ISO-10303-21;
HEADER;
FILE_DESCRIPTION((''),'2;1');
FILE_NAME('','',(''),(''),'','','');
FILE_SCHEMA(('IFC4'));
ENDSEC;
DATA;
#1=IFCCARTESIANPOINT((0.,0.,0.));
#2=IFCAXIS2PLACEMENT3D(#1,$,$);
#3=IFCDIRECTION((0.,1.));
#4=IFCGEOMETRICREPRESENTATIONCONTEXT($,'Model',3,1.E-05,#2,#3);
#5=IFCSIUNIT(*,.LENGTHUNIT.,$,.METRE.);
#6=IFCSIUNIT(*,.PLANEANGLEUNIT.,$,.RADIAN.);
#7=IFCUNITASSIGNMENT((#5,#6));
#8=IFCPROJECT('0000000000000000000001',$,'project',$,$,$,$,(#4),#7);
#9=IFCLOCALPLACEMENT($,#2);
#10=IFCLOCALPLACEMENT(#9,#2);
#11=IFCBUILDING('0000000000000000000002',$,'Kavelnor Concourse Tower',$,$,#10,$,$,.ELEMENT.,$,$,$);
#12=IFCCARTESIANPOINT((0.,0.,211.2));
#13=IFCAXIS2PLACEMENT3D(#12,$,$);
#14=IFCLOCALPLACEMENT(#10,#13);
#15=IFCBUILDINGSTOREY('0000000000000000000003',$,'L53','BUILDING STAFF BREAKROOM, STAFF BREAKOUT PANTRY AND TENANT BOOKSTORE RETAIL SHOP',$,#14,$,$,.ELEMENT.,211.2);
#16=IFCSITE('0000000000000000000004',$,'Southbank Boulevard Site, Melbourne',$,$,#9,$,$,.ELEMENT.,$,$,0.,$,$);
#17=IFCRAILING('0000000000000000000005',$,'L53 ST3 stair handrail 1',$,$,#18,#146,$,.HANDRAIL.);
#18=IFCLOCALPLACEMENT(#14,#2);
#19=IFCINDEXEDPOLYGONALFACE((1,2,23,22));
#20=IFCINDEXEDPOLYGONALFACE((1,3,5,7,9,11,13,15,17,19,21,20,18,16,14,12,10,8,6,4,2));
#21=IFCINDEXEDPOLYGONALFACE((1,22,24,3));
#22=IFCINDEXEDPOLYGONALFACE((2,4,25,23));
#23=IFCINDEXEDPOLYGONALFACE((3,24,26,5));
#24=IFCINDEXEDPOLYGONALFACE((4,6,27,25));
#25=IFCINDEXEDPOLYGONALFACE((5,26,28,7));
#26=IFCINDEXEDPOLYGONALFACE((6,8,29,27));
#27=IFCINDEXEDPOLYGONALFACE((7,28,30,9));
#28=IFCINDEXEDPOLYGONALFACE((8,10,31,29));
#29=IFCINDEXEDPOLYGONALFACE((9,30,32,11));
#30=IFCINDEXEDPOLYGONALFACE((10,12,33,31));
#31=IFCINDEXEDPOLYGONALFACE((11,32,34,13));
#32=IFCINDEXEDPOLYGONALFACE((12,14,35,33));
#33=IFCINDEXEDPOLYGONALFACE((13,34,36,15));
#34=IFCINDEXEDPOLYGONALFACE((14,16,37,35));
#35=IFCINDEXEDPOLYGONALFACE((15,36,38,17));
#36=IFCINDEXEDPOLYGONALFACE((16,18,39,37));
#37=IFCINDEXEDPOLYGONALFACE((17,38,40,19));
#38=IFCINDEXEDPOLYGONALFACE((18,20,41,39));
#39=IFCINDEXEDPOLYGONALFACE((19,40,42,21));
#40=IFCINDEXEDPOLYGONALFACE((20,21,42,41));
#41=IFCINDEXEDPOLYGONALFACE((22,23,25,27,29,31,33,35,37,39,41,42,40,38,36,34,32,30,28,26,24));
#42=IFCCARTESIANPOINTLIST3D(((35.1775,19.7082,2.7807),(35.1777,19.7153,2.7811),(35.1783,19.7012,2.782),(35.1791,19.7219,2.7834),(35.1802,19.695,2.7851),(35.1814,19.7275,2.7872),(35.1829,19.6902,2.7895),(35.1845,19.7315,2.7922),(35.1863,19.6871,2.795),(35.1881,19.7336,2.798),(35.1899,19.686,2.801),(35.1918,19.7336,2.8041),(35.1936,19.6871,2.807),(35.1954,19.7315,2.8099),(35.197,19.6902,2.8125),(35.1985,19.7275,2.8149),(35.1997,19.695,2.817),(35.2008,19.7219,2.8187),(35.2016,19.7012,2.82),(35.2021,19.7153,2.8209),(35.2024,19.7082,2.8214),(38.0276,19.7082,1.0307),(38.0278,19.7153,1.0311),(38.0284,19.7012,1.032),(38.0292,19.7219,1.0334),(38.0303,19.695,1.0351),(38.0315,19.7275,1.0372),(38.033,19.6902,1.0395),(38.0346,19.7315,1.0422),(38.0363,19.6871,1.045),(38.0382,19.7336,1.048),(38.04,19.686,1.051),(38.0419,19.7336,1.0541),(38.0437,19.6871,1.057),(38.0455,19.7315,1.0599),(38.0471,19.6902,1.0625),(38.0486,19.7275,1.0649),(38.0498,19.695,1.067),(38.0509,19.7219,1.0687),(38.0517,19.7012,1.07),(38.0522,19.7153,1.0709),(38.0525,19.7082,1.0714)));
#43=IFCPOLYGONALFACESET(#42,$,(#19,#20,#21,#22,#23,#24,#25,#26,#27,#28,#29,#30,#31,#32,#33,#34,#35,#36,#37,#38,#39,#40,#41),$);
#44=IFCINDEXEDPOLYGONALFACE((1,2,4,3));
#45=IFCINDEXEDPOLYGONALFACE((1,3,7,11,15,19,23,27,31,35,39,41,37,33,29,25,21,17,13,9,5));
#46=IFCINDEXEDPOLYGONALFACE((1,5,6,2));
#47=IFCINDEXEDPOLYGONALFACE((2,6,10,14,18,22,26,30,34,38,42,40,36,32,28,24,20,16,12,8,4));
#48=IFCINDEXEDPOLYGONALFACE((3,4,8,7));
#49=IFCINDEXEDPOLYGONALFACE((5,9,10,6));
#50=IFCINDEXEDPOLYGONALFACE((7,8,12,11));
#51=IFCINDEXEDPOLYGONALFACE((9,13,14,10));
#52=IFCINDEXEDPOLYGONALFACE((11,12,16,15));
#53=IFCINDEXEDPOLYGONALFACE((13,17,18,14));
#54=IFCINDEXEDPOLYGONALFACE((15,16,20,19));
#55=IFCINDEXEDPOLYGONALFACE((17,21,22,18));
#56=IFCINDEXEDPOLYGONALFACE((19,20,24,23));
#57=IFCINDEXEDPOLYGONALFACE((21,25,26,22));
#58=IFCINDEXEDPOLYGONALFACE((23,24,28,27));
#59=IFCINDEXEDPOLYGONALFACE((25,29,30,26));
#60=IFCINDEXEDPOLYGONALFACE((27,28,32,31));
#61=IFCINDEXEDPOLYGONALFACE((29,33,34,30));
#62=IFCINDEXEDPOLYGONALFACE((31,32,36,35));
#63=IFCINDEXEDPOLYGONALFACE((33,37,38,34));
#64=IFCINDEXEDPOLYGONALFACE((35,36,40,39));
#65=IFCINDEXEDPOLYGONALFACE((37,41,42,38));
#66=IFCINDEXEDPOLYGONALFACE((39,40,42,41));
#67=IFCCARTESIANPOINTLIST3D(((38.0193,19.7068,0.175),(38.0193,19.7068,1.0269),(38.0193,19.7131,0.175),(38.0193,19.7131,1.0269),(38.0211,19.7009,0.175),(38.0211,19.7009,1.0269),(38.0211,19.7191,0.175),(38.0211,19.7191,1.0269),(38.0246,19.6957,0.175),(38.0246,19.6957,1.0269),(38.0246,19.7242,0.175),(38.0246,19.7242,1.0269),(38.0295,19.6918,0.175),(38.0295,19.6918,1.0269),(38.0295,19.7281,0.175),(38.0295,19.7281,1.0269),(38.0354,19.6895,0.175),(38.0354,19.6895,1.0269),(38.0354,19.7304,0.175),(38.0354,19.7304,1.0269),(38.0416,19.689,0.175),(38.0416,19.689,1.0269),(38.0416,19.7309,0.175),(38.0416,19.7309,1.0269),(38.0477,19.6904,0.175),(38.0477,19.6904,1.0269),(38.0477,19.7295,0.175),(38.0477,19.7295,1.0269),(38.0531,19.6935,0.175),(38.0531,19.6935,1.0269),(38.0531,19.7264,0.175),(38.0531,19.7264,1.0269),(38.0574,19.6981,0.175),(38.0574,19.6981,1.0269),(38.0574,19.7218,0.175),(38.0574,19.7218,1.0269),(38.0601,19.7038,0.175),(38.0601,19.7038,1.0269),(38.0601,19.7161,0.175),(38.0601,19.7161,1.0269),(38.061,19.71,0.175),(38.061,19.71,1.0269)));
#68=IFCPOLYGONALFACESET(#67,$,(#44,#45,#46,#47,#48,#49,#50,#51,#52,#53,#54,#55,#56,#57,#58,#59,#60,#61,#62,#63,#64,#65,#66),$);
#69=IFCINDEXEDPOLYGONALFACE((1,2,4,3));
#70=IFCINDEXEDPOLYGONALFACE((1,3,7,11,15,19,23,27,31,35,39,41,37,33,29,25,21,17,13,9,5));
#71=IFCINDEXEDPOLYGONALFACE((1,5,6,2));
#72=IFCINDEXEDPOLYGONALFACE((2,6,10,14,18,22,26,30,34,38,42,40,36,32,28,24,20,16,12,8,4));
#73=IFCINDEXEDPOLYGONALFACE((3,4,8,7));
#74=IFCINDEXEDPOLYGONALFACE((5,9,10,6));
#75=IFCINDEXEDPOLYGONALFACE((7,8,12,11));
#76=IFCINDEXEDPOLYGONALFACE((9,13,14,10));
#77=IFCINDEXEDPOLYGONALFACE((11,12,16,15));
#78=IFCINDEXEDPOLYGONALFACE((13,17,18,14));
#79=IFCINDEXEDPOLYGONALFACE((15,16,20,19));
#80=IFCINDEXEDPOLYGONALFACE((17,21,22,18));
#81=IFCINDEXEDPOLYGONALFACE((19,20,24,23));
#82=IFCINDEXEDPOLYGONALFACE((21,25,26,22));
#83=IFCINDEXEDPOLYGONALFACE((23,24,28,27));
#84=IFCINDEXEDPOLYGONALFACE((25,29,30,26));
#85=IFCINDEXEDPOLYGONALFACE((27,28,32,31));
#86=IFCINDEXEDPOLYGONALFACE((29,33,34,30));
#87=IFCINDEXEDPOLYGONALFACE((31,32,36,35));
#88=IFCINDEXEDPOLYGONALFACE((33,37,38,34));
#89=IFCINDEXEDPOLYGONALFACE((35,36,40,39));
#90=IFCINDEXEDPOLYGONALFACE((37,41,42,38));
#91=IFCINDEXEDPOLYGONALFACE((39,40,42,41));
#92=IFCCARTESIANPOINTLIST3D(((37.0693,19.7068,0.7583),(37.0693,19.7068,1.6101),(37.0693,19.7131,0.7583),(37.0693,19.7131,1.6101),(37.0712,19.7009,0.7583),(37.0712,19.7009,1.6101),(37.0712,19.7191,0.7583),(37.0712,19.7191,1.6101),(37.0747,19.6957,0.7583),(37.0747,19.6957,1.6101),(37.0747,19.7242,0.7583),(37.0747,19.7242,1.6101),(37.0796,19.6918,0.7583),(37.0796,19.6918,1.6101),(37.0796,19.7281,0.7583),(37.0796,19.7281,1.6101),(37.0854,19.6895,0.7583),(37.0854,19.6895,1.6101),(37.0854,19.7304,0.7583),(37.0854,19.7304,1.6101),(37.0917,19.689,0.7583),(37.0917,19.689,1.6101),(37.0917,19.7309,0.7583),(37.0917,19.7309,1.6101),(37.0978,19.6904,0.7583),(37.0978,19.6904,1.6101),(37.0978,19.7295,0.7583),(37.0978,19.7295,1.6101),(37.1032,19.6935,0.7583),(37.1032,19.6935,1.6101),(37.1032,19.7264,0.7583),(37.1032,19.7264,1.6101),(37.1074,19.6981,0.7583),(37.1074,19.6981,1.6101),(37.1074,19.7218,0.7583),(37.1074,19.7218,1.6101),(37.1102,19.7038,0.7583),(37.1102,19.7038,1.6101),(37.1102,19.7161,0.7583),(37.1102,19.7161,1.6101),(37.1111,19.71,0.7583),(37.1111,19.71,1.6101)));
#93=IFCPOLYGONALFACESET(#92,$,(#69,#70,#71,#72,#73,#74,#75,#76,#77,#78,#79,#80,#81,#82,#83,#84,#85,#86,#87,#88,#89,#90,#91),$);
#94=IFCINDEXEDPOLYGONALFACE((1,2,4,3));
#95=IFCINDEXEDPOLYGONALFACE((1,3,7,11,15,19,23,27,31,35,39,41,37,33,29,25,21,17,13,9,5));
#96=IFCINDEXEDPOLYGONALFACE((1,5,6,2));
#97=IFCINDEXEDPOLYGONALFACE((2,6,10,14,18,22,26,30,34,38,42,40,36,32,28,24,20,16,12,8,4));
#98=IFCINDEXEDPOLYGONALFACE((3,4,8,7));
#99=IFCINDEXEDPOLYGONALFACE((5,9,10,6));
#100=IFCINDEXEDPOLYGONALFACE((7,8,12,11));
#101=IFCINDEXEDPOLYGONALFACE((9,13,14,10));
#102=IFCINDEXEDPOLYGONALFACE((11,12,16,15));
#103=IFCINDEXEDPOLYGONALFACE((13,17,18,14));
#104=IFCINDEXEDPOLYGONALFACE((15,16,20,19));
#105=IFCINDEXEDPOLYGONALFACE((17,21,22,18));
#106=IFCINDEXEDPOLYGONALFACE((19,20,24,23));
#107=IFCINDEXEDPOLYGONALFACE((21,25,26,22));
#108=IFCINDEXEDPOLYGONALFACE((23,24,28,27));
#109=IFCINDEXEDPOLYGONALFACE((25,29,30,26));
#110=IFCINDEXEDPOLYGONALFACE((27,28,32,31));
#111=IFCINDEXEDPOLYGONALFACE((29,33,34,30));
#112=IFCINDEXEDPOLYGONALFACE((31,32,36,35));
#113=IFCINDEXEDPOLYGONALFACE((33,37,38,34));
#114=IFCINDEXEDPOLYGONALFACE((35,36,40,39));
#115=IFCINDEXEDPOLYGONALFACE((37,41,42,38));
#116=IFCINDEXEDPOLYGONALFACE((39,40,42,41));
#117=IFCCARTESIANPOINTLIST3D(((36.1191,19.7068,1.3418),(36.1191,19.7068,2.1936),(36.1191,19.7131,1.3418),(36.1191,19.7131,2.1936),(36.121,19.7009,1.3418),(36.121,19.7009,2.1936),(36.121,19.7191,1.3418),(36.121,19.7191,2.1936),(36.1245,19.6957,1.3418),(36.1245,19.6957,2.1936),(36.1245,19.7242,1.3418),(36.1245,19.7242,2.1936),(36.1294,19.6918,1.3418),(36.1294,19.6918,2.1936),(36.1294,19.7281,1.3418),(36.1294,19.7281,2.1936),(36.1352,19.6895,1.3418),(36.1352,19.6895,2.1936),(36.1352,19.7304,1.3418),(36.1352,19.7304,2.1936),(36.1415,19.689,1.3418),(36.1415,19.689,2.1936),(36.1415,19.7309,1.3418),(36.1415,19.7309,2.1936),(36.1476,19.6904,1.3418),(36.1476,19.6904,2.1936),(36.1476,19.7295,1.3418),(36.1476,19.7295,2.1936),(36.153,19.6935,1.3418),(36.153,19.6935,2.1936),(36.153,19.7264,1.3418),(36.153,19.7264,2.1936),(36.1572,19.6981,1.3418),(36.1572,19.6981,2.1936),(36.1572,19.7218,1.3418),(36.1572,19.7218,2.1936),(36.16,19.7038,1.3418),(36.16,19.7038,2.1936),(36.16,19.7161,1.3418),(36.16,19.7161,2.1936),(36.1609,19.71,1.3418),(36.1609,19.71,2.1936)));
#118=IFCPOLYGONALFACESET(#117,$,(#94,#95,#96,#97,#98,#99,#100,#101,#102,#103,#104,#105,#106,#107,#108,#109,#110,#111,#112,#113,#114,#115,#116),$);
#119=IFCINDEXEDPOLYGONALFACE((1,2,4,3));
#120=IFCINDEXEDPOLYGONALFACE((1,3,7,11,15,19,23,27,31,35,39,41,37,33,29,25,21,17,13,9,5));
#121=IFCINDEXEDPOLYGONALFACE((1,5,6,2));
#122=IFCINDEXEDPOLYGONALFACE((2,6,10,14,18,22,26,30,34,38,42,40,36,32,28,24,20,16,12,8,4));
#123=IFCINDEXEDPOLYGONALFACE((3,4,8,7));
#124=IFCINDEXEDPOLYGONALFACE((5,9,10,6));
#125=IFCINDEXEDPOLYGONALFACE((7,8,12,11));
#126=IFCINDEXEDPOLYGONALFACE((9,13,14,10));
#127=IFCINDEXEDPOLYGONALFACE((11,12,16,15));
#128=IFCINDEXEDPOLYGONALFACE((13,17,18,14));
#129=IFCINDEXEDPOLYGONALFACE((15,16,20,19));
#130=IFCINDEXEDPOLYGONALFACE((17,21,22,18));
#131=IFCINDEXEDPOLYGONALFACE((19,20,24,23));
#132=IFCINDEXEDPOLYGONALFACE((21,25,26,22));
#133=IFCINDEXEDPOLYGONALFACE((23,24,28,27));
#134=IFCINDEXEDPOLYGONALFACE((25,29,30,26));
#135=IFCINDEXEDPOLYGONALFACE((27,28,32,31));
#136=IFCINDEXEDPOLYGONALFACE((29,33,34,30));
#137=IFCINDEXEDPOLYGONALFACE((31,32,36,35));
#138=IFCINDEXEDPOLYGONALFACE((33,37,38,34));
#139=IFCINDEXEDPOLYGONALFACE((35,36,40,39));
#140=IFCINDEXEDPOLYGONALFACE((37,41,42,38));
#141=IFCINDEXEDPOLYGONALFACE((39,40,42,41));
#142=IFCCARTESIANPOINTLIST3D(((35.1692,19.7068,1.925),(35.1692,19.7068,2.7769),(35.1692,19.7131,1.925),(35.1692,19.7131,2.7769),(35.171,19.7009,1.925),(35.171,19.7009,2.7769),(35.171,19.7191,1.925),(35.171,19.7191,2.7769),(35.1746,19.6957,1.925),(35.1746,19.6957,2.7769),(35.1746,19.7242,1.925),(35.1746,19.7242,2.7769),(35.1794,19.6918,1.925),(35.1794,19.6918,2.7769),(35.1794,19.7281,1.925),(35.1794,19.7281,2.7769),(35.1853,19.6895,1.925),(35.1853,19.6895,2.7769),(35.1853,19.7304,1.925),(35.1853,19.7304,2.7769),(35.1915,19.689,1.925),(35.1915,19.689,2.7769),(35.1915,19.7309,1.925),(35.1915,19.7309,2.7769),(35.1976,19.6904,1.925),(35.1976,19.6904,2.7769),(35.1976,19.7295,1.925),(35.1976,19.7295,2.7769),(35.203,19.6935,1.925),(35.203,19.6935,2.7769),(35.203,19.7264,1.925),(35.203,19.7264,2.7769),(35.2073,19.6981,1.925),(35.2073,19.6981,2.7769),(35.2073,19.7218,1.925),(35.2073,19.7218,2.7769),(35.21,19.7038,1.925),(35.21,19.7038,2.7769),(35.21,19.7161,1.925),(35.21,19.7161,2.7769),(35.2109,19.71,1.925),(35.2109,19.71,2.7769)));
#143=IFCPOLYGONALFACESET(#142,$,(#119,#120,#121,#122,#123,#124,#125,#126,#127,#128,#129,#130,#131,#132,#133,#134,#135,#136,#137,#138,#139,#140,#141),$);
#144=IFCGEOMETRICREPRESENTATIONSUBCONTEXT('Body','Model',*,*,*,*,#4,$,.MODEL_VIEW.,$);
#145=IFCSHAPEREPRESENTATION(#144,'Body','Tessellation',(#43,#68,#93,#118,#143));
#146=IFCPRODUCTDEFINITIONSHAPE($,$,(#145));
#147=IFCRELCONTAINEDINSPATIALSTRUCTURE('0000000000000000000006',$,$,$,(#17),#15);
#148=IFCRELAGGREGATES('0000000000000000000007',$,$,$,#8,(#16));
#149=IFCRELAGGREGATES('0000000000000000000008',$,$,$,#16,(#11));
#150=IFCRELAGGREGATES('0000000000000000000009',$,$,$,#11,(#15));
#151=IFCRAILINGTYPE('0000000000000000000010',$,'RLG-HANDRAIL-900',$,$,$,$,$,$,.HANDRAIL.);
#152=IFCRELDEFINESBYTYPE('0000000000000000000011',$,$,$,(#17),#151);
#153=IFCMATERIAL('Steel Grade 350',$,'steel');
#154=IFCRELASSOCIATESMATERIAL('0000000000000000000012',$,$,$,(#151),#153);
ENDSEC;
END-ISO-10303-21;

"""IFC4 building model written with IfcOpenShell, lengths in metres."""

from ifc_helpers import new_model, si_unit, direction, frame, origin, origin_2d, place, context, subcontext, project, spatial, circle, extrude, material, type_object, element, save


model = new_model("IFC4")

# Units and contexts
model_context = context("Model", 3, precision=1e-05, world=origin(), true_north=direction((0.0, 1.0)))
body_context = subcontext(model_context, "Body", "Model", "MODEL_VIEW")
ifc_project = project(units=[si_unit("LENGTHUNIT", "METRE"), si_unit("PLANEANGLEUNIT", "RADIAN")], contexts=[model_context])

# Site, building, storey
site_placement = place(None, origin())
site = spatial("IfcSite", under=ifc_project, at=site_placement, Name="Southbank Boulevard Site, Melbourne", CompositionType="ELEMENT", RefElevation=0.0)
building_placement = place(site_placement, origin())
building = spatial("IfcBuilding", under=site, at=building_placement, Name="Kavelnor Concourse Tower", CompositionType="ELEMENT")
storey_placement = place(building_placement, frame((0.0, 0.0, 211.2)))
storey = spatial("IfcBuildingStorey", under=building, at=storey_placement, Name="L53", Description="BUILDING STAFF BREAKROOM, STAFF BREAKOUT PANTRY AND TENANT BOOKSTORE RETAIL SHOP", CompositionType="ELEMENT", Elevation=211.2)

# Shared definitions
ifc_material_1 = material(Name="Steel Grade 350", Category="steel")

# Railing
railing_type_1 = type_object("IfcRailingType", Name="RLG-HANDRAIL-900", PredefinedType="HANDRAIL", material=ifc_material_1)
railing_1_placement = place(storey_placement, frame((38.04, 19.71, 0.175)))
element("IfcRailing", 1, at=railing_1_placement, inside=storey, type_object=railing_type_1, Name="L53 ST3 stair handrail 1", PredefinedType="HANDRAIL", context=body_context, shape_type="SweptSolid", body=[
    extrude(circle(Radius=0.0239, at=origin_2d()), frame((0.0, 0.0, 0.876), z_axis=(-0.852179, 0.0, 0.52325), x_axis=(0.0, -1.0, 0.0)), (0.0, 0.0, 1.0), 3.3445),
    extrude(circle(Radius=0.021, at=origin_2d()), origin(), (0.0, 0.0, 1.0), 0.8518),
    extrude(circle(Radius=0.021, at=origin_2d()), frame((-0.95, 0.0, 0.5833)), (0.0, 0.0, 1.0), 0.8518),
    extrude(circle(Radius=0.021, at=origin_2d()), frame((-1.9001, 0.0, 1.1667)), (0.0, 0.0, 1.0), 0.8518),
    extrude(circle(Radius=0.021, at=origin_2d()), frame((-2.8501, 0.0, 1.75)), (0.0, 0.0, 1.0), 0.8518),
])

save(model, "model.ifc")
